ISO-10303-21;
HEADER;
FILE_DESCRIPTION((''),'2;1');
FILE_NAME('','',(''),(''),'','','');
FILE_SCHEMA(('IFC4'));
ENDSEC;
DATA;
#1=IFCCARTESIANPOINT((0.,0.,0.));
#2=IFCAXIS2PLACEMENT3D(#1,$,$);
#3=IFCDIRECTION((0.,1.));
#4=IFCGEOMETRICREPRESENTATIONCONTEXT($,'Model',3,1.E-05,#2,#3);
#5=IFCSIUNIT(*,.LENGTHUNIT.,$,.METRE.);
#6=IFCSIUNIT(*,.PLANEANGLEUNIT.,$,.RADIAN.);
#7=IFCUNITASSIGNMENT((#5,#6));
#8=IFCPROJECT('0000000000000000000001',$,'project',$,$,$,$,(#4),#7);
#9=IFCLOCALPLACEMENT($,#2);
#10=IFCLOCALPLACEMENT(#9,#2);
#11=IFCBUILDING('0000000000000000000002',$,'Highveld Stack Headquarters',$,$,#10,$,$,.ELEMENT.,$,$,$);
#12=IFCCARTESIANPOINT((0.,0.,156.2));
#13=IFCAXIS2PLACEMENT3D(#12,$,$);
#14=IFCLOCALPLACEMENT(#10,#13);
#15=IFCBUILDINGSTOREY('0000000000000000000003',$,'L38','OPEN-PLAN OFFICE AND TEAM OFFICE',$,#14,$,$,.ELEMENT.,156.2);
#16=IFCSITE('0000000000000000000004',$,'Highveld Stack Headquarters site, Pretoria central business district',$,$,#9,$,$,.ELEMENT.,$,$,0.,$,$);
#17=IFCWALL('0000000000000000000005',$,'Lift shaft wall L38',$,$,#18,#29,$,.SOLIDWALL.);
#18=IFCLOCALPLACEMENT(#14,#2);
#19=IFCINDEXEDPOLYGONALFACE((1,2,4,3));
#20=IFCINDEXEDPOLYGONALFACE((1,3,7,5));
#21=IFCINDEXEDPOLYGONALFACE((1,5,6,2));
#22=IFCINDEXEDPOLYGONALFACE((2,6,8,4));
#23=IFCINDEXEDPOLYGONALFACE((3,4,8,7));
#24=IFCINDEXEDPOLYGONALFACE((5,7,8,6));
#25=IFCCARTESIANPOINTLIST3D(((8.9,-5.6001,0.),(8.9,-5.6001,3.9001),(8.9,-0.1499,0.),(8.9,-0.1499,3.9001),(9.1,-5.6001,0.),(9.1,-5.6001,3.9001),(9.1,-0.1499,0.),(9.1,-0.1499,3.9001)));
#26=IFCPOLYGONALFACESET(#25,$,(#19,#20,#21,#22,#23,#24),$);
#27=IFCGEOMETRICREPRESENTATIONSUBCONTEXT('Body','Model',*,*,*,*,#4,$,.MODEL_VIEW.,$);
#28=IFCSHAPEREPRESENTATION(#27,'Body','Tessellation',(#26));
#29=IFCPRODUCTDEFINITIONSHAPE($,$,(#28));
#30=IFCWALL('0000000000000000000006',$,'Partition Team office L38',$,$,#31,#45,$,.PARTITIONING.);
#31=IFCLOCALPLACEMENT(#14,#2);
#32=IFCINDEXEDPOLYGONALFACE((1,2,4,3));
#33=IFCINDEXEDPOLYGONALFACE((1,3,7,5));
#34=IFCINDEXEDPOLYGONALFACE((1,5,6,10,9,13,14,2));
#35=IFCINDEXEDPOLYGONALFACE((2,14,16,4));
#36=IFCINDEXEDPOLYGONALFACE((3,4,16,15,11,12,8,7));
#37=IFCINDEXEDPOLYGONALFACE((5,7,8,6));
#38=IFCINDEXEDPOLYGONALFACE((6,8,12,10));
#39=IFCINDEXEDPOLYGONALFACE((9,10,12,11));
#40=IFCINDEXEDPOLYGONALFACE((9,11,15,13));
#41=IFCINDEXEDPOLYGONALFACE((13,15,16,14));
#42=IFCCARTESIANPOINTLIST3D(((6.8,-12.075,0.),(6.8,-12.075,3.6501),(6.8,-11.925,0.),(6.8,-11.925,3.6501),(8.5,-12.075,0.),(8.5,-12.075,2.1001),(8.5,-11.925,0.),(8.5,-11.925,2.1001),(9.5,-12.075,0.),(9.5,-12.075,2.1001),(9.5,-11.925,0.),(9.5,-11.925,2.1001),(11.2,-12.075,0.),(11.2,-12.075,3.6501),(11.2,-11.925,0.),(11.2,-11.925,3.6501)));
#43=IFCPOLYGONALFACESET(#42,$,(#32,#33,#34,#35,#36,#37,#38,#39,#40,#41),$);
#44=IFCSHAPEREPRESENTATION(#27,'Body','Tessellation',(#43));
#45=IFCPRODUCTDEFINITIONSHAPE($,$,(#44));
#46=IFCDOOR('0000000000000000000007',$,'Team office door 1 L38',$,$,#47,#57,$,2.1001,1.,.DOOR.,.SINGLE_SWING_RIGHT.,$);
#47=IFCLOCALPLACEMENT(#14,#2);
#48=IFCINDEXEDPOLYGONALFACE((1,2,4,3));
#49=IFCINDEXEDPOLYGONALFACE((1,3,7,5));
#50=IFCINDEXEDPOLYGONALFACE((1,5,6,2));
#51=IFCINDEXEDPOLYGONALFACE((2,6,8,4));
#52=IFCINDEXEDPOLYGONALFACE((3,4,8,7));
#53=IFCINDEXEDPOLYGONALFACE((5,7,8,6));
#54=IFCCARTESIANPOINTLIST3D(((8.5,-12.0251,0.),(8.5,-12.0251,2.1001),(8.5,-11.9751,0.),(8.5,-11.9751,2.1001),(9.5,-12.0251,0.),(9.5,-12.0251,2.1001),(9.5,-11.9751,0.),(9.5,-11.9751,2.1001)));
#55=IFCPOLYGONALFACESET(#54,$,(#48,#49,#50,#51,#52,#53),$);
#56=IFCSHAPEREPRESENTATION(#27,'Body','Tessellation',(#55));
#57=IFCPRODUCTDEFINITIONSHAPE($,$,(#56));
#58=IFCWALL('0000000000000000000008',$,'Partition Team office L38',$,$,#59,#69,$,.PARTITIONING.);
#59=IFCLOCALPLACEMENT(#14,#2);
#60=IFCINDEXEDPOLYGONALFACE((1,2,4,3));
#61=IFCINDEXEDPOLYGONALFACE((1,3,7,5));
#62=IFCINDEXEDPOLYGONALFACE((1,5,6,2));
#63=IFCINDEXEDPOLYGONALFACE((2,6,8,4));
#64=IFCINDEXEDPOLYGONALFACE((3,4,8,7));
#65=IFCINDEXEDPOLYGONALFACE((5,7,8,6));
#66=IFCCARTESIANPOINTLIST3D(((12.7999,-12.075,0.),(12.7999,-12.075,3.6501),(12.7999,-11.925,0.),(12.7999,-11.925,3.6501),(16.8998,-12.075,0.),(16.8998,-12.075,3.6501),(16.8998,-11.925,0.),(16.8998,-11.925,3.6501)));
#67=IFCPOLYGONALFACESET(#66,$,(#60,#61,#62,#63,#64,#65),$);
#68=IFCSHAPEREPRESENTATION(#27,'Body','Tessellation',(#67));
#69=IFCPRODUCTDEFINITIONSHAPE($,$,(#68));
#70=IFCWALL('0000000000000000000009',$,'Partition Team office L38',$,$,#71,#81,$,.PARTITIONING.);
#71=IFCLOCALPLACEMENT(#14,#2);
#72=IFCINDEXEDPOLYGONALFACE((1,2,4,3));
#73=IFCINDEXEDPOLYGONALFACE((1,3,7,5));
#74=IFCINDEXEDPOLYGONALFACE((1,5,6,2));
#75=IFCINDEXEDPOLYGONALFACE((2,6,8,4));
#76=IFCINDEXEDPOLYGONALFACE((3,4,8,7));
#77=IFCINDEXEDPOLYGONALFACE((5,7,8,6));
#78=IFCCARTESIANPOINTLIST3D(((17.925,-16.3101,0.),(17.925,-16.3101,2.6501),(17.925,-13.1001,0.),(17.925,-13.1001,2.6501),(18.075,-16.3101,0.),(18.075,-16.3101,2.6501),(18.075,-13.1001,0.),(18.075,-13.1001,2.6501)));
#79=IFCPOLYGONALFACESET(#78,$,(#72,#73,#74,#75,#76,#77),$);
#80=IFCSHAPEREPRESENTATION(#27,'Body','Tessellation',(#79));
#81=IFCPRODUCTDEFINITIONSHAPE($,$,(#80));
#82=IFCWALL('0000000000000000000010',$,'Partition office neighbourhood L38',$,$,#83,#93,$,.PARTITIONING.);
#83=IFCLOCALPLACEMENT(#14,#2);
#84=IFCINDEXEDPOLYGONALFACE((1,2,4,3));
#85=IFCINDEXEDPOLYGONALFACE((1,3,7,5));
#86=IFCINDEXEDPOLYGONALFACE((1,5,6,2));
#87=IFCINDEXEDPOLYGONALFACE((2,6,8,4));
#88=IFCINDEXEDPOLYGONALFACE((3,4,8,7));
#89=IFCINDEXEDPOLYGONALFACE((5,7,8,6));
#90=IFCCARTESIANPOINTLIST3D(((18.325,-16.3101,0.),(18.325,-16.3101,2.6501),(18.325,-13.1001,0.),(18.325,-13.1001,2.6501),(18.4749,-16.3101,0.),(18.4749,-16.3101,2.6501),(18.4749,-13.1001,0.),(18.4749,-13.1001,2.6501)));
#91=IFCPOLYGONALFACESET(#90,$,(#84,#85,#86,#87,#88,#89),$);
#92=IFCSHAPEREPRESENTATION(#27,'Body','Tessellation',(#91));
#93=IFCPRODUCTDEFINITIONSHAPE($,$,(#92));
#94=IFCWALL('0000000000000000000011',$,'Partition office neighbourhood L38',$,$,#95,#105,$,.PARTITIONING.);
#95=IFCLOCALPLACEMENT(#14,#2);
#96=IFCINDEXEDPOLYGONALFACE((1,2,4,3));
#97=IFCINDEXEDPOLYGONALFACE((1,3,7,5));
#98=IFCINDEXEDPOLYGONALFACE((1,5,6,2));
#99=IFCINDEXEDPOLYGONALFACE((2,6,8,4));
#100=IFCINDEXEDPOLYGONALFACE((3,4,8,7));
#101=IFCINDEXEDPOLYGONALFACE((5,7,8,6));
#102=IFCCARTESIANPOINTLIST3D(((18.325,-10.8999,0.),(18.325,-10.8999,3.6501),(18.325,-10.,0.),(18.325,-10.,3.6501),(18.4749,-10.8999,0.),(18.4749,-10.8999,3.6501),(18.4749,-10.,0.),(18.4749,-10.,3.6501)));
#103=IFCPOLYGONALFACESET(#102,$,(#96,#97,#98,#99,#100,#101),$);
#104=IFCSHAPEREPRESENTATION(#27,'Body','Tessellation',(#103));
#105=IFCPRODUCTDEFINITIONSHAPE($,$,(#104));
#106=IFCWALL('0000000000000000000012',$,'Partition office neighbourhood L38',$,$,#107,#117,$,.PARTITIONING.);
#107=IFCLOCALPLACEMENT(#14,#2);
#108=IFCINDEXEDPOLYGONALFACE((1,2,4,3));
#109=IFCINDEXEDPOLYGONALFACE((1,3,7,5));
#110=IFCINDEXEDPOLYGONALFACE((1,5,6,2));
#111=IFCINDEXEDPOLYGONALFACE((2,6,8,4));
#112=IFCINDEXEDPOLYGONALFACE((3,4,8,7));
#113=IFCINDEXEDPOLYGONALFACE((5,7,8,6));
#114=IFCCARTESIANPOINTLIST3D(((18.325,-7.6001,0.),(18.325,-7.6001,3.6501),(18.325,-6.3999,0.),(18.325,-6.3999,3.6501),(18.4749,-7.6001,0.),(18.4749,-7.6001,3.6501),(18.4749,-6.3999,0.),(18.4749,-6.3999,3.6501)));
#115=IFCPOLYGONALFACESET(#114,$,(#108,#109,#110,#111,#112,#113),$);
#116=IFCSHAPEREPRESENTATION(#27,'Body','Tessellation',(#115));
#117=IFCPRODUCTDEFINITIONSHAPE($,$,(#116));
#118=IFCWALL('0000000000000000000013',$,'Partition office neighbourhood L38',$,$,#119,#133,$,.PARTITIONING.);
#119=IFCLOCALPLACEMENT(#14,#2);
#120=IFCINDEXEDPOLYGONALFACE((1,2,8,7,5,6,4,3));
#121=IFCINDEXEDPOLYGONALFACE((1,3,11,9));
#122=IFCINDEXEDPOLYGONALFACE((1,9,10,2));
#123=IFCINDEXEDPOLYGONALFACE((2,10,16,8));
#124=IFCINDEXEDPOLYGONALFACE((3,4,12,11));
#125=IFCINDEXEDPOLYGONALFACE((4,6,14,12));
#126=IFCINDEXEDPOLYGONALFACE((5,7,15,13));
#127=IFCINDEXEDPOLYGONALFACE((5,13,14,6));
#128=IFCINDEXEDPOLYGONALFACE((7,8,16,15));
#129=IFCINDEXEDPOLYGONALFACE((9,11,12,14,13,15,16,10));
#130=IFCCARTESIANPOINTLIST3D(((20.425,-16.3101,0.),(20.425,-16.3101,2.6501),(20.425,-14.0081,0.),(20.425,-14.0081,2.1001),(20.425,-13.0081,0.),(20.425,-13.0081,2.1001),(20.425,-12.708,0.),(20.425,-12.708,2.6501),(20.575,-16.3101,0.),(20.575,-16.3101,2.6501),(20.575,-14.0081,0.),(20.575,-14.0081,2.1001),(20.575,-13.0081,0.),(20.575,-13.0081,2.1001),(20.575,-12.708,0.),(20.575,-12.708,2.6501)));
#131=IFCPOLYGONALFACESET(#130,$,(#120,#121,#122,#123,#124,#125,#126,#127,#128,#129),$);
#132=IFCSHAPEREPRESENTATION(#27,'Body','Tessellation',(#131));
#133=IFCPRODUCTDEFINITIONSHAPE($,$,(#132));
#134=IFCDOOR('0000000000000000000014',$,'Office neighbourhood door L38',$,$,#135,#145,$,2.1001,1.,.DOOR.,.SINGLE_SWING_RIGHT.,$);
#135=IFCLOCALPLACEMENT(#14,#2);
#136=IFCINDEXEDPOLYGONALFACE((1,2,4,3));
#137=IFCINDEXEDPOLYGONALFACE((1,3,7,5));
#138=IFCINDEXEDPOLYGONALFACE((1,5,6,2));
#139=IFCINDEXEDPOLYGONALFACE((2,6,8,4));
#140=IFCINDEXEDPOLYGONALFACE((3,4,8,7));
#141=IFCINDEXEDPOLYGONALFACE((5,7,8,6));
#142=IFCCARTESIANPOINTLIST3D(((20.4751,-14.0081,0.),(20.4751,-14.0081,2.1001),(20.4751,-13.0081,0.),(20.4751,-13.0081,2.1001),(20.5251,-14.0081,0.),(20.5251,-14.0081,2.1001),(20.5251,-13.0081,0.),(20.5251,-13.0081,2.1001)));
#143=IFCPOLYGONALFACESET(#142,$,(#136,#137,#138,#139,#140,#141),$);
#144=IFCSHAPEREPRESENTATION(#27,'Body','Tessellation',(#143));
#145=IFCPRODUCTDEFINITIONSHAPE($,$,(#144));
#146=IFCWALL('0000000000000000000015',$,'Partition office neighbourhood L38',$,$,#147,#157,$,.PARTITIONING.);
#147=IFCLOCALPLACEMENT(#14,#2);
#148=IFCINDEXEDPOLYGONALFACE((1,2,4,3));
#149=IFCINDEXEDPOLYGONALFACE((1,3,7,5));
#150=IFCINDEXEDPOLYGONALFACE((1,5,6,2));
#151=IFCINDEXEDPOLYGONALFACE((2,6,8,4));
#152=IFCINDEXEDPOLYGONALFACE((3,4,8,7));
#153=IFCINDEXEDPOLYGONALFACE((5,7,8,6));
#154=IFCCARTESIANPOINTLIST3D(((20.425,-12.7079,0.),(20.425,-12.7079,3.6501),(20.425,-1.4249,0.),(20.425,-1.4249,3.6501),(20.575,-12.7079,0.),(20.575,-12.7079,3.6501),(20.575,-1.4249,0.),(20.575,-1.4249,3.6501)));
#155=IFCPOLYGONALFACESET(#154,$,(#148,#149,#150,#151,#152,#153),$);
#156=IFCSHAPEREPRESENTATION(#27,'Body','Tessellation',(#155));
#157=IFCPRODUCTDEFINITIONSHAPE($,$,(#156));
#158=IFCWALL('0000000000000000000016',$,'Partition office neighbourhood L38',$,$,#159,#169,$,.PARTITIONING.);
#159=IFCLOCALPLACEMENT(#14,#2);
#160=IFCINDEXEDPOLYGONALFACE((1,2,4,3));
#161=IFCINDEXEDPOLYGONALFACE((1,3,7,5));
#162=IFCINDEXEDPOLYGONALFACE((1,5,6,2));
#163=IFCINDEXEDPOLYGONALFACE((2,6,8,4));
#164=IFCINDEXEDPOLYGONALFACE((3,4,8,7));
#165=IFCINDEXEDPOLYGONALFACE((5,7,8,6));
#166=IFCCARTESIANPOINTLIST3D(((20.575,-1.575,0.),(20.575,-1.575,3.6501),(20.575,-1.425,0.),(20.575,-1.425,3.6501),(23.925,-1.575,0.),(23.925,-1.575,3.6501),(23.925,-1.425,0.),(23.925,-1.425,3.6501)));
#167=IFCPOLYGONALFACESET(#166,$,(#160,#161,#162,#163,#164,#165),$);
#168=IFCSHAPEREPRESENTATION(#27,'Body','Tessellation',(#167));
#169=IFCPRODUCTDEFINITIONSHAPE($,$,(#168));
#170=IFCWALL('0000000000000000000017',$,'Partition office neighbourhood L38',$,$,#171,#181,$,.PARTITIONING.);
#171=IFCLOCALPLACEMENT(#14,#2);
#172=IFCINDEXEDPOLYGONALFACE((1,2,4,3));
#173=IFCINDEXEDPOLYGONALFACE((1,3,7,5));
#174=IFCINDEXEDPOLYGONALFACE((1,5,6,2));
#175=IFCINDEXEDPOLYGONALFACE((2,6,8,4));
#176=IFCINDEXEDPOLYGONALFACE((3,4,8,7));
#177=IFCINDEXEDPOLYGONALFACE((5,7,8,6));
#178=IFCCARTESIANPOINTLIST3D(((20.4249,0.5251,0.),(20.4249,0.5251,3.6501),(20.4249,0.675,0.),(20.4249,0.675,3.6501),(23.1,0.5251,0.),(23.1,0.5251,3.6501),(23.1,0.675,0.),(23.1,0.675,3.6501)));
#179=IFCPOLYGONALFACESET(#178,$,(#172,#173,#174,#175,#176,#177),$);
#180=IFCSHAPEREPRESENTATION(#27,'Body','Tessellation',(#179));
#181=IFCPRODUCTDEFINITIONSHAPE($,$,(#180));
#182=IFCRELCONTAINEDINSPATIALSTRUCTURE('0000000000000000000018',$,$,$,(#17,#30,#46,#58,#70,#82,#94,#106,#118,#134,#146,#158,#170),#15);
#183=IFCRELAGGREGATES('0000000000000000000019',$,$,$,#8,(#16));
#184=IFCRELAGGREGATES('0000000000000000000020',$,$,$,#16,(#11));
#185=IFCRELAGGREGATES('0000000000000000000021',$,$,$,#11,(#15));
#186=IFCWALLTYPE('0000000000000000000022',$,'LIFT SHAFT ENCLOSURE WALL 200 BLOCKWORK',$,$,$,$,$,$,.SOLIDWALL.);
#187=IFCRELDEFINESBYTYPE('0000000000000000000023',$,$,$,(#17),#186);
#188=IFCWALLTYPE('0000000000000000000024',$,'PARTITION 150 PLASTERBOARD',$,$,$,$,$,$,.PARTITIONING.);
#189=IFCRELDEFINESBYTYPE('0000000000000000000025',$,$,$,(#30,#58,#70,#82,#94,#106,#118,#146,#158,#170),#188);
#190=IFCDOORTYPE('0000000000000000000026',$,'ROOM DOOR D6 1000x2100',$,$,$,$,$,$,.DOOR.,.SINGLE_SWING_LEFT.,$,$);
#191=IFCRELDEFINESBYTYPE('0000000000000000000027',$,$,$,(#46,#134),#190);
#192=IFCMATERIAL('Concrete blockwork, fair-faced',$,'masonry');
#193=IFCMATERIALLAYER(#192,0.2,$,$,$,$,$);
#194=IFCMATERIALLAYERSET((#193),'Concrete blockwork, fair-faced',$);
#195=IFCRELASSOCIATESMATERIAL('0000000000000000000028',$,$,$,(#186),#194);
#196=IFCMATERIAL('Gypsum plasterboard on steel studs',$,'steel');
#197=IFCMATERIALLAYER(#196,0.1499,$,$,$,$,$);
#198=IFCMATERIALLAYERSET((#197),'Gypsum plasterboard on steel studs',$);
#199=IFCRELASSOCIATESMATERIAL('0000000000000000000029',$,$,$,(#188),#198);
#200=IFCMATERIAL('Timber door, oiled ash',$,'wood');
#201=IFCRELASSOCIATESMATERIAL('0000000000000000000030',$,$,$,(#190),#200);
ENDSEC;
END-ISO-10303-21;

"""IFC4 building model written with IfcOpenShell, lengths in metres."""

from ifc_helpers import new_model, si_unit, direction, frame, frame_2d, origin, place, context, subcontext, project, spatial, rectangle, extrude, material, layer, layer_set, type_object, element, fill, save


model = new_model("IFC4")

# Units and contexts
model_context = context("Model", 3, precision=1e-05, world=origin(), true_north=direction((0.0, 1.0)))
body_context = subcontext(model_context, "Body", "Model", "MODEL_VIEW")
ifc_project = project(units=[si_unit("LENGTHUNIT", "METRE"), si_unit("PLANEANGLEUNIT", "RADIAN")], contexts=[model_context])

# Site, building, storey
site_placement = place(None, origin())
site = spatial("IfcSite", under=ifc_project, at=site_placement, Name="Highveld Stack Headquarters site, Pretoria central business district", CompositionType="ELEMENT", RefElevation=0.0)
building_placement = place(site_placement, origin())
building = spatial("IfcBuilding", under=site, at=building_placement, Name="Highveld Stack Headquarters", CompositionType="ELEMENT")
storey_placement = place(building_placement, frame((0.0, 0.0, 156.2)))
storey = spatial("IfcBuildingStorey", under=building, at=storey_placement, Name="L38", Description="OPEN-PLAN OFFICE AND TEAM OFFICE", CompositionType="ELEMENT", Elevation=156.2)

# Wall
ifc_material_1 = material(Name="Concrete blockwork, fair-faced", Category="masonry")
ifc_layer_1 = layer(ifc_material_1, 0.2)
ifc_layer_set_1 = layer_set([ifc_layer_1], Name="Concrete blockwork, fair-faced")
wall_type_1 = type_object("IfcWallType", Name="LIFT SHAFT ENCLOSURE WALL 200 BLOCKWORK", PredefinedType="SOLIDWALL", material=ifc_layer_set_1)
wall_1_placement = place(storey_placement, frame((9.0, -5.6001, 0.0), z_axis=(0.0, 0.0, 1.0), x_axis=(0.0, 1.0, 0.0)))
element("IfcWall", 1, at=wall_1_placement, inside=storey, type_object=wall_type_1, Name="Lift shaft wall L38", PredefinedType="SOLIDWALL", context=body_context, shape_type="SweptSolid", body=[
    extrude(rectangle(XDim=5.4502, YDim=0.2, at=frame_2d((2.7251, 0.0))), origin(), (0.0, 0.0, 1.0), 3.9001),
])

# Wall, opening, door
ifc_material_2 = material(Name="Gypsum plasterboard on steel studs", Category="steel")
ifc_layer_2 = layer(ifc_material_2, 0.1499)
ifc_layer_set_2 = layer_set([ifc_layer_2], Name="Gypsum plasterboard on steel studs")
wall_type_2 = type_object("IfcWallType", Name="PARTITION 150 PLASTERBOARD", PredefinedType="PARTITIONING", material=ifc_layer_set_2)
wall_2_placement = place(storey_placement, frame((6.8, -12.0, 0.0), z_axis=(0.0, 0.0, 1.0), x_axis=(1.0, 0.0, 0.0)))
wall_2 = element("IfcWall", 2, at=wall_2_placement, inside=storey, type_object=wall_type_2, Name="Partition Team office L38", PredefinedType="PARTITIONING", context=body_context, shape_type="SweptSolid", body=[
    extrude(rectangle(XDim=4.3999, YDim=0.1499, at=frame_2d((2.2, 0.0))), origin(), (0.0, 0.0, 1.0), 3.6501),
])
opening_1_placement = place(wall_2_placement, frame((1.7, 0.0, 0.0)))
opening_1 = element("IfcOpeningElement", 3, at=opening_1_placement, cuts=wall_2, PredefinedType="OPENING", context=body_context, shape_type="SweptSolid", body=[
    extrude(rectangle(XDim=1.0, YDim=2.1001, at=frame_2d((0.5, 1.05))), frame((0.0, 0.085, 0.0), z_axis=(0.0, -1.0, 0.0), x_axis=(1.0, 0.0, 0.0)), (0.0, 0.0, 1.0), 0.1699),
])
ifc_material_3 = material(Name="Timber door, oiled ash", Category="wood")
door_type_1 = type_object("IfcDoorType", Name="ROOM DOOR D6 1000x2100", OperationType="SINGLE_SWING_LEFT", PredefinedType="DOOR", material=ifc_material_3)
door_1_placement = place(opening_1_placement, origin())
door_1 = element("IfcDoor", 4, at=door_1_placement, inside=storey, type_object=door_type_1, Name="Team office door 1 L38", OperationType="SINGLE_SWING_RIGHT", OverallHeight=2.1001, OverallWidth=1.0, PredefinedType="DOOR", context=body_context, shape_type="SweptSolid", body=[
    extrude(rectangle(XDim=1.0, YDim=2.1001, at=frame_2d((0.5, 1.05))), frame((0.0, 0.0249, 0.0), z_axis=(0.0, -1.0, 0.0), x_axis=(1.0, 0.0, 0.0)), (0.0, 0.0, 1.0), 0.05),
])
fill(opening_1, door_1)

# Walls
wall_3_placement = place(storey_placement, frame((12.8, -12.0, 0.0), z_axis=(0.0, 0.0, 1.0), x_axis=(1.0, 0.0, 0.0)))
element("IfcWall", 5, at=wall_3_placement, inside=storey, type_object=wall_type_2, Name="Partition Team office L38", PredefinedType="PARTITIONING", context=body_context, shape_type="SweptSolid", body=[
    extrude(rectangle(XDim=4.0999, YDim=0.1499, at=frame_2d((2.0498, 0.0))), origin(), (0.0, 0.0, 1.0), 3.6501),
])
for number, where, z_axis, x_axis, name in (
    (6, (18.0, -16.3101, 0.0), (0.0, 0.0, 1.0), (0.0, 1.0, 0.0), "Partition Team office L38"),
    (7, (18.3999, -16.3101, 0.0), (0.0, 0.0, 1.0), (0.0, 1.0, 0.0), "Partition office neighbourhood L38"),
):
    element("IfcWall", number, at=place(storey_placement, frame(where, z_axis=z_axis, x_axis=x_axis)), inside=storey, type_object=wall_type_2, Name=name, PredefinedType="PARTITIONING", context=body_context, shape_type="SweptSolid", body=[
        extrude(rectangle(XDim=3.21, YDim=0.1499, at=frame_2d((1.605, 0.0))), origin(), (0.0, 0.0, 1.0), 2.6501),
    ])
wall_4_placement = place(storey_placement, frame((18.3999, -10.8999, 0.0), z_axis=(0.0, 0.0, 1.0), x_axis=(0.0, 1.0, 0.0)))
element("IfcWall", 8, at=wall_4_placement, inside=storey, type_object=wall_type_2, Name="Partition office neighbourhood L38", PredefinedType="PARTITIONING", context=body_context, shape_type="SweptSolid", body=[
    extrude(rectangle(XDim=0.8999, YDim=0.1499, at=frame_2d((0.45, 0.0))), origin(), (0.0, 0.0, 1.0), 3.6501),
])
wall_5_placement = place(storey_placement, frame((18.3999, -7.6001, 0.0), z_axis=(0.0, 0.0, 1.0), x_axis=(0.0, 1.0, 0.0)))
element("IfcWall", 9, at=wall_5_placement, inside=storey, type_object=wall_type_2, Name="Partition office neighbourhood L38", PredefinedType="PARTITIONING", context=body_context, shape_type="SweptSolid", body=[
    extrude(rectangle(XDim=1.2002, YDim=0.1499, at=frame_2d((0.6001, 0.0))), origin(), (0.0, 0.0, 1.0), 3.6501),
])

# Wall, opening, door
wall_6_placement = place(storey_placement, frame((20.5, -16.3101, 0.0), z_axis=(0.0, 0.0, 1.0), x_axis=(0.0, 1.0, 0.0)))
wall_6 = element("IfcWall", 10, at=wall_6_placement, inside=storey, type_object=wall_type_2, Name="Partition office neighbourhood L38", PredefinedType="PARTITIONING", context=body_context, shape_type="SweptSolid", body=[
    extrude(rectangle(XDim=3.6021, YDim=0.1499, at=frame_2d((1.801, 0.0))), origin(), (0.0, 0.0, 1.0), 2.6501),
])
opening_2_placement = place(wall_6_placement, frame((2.302, 0.0, 0.0)))
opening_2 = element("IfcOpeningElement", 11, at=opening_2_placement, cuts=wall_6, PredefinedType="OPENING", context=body_context, shape_type="SweptSolid", body=[
    extrude(rectangle(XDim=1.0, YDim=2.1001, at=frame_2d((0.5, 1.05))), frame((0.0, 0.085, 0.0), z_axis=(0.0, -1.0, 0.0), x_axis=(1.0, 0.0, 0.0)), (0.0, 0.0, 1.0), 0.1699),
])
door_2_placement = place(opening_2_placement, origin())
door_2 = element("IfcDoor", 12, at=door_2_placement, inside=storey, type_object=door_type_1, Name="Office neighbourhood door L38", OperationType="SINGLE_SWING_RIGHT", OverallHeight=2.1001, OverallWidth=1.0, PredefinedType="DOOR", context=body_context, shape_type="SweptSolid", body=[
    extrude(rectangle(XDim=1.0, YDim=2.1001, at=frame_2d((0.5, 1.05))), frame((0.0, 0.0249, 0.0), z_axis=(0.0, -1.0, 0.0), x_axis=(1.0, 0.0, 0.0)), (0.0, 0.0, 1.0), 0.05),
])
fill(opening_2, door_2)

# Walls
wall_7_placement = place(storey_placement, frame((20.5, -12.708, 0.0), z_axis=(0.0, 0.0, 1.0), x_axis=(0.0, 1.0, 0.0)))
element("IfcWall", 13, at=wall_7_placement, inside=storey, type_object=wall_type_2, Name="Partition office neighbourhood L38", PredefinedType="PARTITIONING", context=body_context, shape_type="SweptSolid", body=[
    extrude(rectangle(XDim=11.283, YDim=0.1499, at=frame_2d((5.6416, 0.0))), origin(), (0.0, 0.0, 1.0), 3.6501),
])
wall_8_placement = place(storey_placement, frame((20.575, -1.5, 0.0), z_axis=(0.0, 0.0, 1.0), x_axis=(1.0, 0.0, 0.0)))
element("IfcWall", 14, at=wall_8_placement, inside=storey, type_object=wall_type_2, Name="Partition office neighbourhood L38", PredefinedType="PARTITIONING", context=body_context, shape_type="SweptSolid", body=[
    extrude(rectangle(XDim=3.3501, YDim=0.1499, at=frame_2d((1.675, 0.0))), origin(), (0.0, 0.0, 1.0), 3.6501),
])
wall_9_placement = place(storey_placement, frame((20.425, 0.6001, 0.0), z_axis=(0.0, 0.0, 1.0), x_axis=(1.0, 0.0, 0.0)))
element("IfcWall", 15, at=wall_9_placement, inside=storey, type_object=wall_type_2, Name="Partition office neighbourhood L38", PredefinedType="PARTITIONING", context=body_context, shape_type="SweptSolid", body=[
    extrude(rectangle(XDim=2.675, YDim=0.1499, at=frame_2d((1.3374, 0.0))), origin(), (0.0, 0.0, 1.0), 3.6501),
])

save(model, "model.ifc")
